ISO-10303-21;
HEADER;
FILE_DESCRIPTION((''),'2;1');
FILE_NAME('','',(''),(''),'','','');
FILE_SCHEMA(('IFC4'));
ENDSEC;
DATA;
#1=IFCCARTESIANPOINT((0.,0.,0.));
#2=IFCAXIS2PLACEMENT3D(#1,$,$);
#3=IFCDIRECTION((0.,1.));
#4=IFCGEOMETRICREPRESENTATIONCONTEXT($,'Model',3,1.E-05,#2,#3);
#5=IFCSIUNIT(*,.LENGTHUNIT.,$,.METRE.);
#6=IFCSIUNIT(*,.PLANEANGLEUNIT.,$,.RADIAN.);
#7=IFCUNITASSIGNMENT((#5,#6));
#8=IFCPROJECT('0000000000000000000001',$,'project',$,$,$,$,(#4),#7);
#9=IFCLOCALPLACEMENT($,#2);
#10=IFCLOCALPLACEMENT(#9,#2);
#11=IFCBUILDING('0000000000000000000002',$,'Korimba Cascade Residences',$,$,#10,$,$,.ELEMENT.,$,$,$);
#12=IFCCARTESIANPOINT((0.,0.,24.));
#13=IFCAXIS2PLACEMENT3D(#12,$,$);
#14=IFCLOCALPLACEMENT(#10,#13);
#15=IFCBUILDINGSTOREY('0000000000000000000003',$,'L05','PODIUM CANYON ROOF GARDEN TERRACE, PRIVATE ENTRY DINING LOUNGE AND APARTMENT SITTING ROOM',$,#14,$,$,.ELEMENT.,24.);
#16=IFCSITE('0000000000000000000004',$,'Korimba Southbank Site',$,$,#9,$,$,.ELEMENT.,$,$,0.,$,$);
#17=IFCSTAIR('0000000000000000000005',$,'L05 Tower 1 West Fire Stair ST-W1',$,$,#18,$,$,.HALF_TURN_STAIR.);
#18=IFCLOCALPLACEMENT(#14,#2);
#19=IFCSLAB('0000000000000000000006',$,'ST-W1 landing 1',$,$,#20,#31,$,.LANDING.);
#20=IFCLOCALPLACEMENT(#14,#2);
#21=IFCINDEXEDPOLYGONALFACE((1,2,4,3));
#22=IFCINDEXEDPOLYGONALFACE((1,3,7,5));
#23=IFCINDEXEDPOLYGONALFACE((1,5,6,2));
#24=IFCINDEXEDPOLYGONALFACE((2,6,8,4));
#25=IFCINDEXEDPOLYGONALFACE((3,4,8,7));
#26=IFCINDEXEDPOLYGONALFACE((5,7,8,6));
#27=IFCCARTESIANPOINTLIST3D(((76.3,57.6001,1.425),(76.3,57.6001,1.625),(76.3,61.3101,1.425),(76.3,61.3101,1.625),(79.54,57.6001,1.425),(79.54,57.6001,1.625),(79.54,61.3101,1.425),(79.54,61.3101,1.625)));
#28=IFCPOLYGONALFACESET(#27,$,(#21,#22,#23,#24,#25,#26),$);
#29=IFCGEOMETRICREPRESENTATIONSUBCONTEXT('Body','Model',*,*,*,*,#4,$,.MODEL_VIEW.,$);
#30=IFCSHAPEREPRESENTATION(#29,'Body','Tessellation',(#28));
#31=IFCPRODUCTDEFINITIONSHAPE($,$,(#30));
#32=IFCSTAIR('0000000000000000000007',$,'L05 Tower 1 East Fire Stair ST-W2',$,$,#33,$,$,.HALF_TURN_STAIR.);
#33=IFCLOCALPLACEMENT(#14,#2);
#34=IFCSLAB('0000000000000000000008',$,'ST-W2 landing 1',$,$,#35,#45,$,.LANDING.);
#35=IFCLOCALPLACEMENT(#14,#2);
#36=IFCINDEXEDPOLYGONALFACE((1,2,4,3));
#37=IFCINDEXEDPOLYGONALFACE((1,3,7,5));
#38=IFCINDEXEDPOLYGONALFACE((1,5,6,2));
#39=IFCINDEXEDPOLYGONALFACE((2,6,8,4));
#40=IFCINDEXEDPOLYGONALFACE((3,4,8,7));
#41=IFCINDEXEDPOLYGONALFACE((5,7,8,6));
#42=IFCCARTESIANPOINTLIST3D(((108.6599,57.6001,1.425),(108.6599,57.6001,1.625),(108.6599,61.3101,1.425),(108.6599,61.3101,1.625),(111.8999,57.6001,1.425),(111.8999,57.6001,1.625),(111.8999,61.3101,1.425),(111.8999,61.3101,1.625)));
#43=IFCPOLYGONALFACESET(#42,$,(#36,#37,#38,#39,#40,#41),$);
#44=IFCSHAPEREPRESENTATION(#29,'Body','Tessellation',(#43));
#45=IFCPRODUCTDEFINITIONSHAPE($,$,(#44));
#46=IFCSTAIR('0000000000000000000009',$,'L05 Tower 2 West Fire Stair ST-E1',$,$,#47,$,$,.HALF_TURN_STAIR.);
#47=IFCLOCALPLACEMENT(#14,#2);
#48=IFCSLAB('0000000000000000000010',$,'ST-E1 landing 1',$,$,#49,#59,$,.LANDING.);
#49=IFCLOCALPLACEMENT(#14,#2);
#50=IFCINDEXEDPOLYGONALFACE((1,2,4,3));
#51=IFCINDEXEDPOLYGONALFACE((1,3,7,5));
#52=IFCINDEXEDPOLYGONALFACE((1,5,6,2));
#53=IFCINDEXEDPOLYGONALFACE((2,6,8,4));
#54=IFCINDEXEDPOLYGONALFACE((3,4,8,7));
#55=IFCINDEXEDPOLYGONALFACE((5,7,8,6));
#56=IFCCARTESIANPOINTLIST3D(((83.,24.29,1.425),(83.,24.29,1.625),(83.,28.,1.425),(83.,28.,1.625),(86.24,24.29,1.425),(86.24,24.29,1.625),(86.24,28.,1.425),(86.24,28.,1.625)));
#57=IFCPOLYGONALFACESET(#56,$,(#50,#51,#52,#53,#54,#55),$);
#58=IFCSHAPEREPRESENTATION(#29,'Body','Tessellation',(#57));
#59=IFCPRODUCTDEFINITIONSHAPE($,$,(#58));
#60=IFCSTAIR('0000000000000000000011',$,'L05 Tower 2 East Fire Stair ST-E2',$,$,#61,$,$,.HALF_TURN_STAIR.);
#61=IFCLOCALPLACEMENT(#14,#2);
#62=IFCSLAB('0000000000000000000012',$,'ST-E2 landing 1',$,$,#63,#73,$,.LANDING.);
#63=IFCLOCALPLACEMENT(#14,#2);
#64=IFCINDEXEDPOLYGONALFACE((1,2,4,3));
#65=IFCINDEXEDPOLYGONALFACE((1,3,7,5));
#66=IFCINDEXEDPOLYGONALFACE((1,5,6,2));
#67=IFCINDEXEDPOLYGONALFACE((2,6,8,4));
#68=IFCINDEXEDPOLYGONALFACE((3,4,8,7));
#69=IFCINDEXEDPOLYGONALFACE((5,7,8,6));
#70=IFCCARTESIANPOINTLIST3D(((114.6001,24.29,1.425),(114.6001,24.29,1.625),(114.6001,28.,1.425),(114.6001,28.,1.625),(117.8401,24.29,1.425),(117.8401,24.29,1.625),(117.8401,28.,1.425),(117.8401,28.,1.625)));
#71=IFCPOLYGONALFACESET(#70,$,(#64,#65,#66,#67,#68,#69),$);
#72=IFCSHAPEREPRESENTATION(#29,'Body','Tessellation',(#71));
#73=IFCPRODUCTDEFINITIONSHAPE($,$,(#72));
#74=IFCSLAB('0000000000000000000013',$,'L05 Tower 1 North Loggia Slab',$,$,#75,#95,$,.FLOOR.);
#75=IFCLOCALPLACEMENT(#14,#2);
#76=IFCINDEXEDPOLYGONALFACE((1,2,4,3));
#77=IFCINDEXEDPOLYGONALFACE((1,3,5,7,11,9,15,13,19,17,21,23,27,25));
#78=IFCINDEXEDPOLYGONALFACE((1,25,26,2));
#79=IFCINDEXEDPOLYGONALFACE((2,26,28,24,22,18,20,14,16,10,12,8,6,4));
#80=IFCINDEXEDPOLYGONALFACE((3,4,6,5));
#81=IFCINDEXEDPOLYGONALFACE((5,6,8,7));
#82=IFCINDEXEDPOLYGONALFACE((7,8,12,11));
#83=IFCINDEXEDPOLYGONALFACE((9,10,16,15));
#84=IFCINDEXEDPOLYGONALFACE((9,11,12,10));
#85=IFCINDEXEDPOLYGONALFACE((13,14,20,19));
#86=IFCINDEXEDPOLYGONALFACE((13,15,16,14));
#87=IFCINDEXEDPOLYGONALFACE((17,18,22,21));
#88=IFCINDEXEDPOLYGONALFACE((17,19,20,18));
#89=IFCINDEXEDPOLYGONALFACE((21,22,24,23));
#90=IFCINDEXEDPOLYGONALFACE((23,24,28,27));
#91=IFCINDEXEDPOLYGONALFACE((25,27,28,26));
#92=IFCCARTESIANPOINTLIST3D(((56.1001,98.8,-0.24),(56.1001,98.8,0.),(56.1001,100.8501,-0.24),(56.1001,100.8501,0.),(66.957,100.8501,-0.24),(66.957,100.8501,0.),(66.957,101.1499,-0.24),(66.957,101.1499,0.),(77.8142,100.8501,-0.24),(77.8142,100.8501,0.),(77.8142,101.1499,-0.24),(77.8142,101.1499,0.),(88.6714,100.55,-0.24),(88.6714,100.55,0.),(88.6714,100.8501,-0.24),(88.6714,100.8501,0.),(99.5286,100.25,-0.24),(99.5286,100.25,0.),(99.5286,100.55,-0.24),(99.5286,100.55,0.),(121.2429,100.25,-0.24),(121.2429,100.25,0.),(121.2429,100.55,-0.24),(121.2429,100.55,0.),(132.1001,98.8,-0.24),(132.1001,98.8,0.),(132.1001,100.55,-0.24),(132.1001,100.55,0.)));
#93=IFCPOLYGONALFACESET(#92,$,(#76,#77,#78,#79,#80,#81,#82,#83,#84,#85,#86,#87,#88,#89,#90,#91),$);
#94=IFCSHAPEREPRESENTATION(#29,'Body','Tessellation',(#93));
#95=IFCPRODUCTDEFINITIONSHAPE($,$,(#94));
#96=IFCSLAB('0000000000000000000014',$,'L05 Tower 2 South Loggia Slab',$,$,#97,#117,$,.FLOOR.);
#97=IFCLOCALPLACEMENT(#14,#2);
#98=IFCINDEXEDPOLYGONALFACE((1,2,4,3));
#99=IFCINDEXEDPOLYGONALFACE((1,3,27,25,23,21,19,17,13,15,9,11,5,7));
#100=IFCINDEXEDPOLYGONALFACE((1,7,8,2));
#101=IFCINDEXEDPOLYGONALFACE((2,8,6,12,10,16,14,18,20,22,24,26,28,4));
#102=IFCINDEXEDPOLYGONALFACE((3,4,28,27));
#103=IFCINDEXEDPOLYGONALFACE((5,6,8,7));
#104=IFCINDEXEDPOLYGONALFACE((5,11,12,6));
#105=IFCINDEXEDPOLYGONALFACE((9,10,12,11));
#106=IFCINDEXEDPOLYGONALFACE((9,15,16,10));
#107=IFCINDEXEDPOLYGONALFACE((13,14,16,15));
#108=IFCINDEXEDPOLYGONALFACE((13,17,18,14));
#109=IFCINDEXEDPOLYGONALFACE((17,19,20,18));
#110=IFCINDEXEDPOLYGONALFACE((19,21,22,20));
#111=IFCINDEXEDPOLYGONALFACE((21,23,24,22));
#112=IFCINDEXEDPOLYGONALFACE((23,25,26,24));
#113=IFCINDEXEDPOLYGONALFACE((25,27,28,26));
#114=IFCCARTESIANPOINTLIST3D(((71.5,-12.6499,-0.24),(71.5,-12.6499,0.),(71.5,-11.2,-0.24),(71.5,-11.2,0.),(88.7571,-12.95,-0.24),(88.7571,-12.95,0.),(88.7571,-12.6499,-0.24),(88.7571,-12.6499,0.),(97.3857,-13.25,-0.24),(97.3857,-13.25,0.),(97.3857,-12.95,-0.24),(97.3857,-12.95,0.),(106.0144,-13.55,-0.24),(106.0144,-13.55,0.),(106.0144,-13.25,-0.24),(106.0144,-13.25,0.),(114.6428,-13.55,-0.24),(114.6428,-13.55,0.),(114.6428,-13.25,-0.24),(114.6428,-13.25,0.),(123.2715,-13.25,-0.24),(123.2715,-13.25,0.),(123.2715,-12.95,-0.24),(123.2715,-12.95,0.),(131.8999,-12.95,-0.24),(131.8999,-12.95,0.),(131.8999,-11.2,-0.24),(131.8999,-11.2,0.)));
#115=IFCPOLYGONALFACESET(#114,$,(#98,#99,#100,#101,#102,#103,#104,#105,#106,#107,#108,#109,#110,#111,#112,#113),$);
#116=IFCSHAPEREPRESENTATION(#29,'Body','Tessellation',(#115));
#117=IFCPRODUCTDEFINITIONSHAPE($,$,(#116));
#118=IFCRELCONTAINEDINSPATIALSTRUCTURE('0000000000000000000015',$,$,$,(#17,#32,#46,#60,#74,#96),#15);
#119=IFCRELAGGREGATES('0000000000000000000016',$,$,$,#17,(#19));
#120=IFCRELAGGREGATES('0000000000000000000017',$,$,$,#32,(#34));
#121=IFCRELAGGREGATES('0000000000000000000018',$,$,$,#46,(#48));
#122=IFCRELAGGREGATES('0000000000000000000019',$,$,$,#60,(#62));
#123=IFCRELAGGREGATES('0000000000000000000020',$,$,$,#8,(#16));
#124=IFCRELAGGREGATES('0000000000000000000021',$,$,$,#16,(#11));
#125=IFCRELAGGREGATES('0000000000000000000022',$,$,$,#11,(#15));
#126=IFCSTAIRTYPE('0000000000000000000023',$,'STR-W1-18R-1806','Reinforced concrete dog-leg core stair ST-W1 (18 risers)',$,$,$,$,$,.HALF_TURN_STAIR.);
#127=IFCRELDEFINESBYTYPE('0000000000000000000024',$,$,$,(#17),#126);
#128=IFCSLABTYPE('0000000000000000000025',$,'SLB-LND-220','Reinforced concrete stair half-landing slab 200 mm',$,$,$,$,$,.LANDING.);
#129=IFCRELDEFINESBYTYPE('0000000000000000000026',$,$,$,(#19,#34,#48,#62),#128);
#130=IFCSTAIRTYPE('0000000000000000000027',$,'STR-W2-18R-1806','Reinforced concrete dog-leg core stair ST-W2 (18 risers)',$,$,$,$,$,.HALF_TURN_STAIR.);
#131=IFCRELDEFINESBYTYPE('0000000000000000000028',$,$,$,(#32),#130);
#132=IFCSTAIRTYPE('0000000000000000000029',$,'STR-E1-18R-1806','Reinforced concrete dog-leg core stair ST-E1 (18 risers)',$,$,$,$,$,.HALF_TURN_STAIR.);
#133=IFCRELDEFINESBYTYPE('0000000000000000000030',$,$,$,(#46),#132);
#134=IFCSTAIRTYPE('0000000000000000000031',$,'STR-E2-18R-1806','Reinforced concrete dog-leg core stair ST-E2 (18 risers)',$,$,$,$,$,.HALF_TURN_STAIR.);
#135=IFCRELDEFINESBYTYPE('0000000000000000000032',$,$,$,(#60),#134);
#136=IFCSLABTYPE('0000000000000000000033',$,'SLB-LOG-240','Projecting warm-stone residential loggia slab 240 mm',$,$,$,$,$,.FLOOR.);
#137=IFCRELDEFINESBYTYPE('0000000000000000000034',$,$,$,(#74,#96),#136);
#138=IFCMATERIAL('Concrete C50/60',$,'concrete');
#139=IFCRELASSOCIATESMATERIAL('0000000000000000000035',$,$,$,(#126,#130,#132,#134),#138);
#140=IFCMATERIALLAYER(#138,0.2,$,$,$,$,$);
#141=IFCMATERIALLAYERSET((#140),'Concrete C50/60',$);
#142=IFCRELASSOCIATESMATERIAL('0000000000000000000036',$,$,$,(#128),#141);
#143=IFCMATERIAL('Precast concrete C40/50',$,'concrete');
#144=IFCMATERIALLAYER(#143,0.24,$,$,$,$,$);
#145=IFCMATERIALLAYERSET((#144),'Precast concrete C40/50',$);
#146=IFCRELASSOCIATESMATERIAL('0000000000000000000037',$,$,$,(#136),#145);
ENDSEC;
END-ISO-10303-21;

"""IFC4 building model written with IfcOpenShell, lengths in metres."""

from ifc_helpers import new_model, si_unit, direction, frame, origin, place, context, subcontext, project, spatial, polyline, outline, extrude, material, layer, layer_set, type_object, element, aggregate, save


model = new_model("IFC4")

# Units and contexts
model_context = context("Model", 3, precision=1e-05, world=origin(), true_north=direction((0.0, 1.0)))
body_context = subcontext(model_context, "Body", "Model", "MODEL_VIEW")
ifc_project = project(units=[si_unit("LENGTHUNIT", "METRE"), si_unit("PLANEANGLEUNIT", "RADIAN")], contexts=[model_context])

# Site, building, storey
site_placement = place(None, origin())
site = spatial("IfcSite", under=ifc_project, at=site_placement, Name="Korimba Southbank Site", CompositionType="ELEMENT", RefElevation=0.0)
building_placement = place(site_placement, origin())
building = spatial("IfcBuilding", under=site, at=building_placement, Name="Korimba Cascade Residences", CompositionType="ELEMENT")
storey_placement = place(building_placement, frame((0.0, 0.0, 24.0)))
storey = spatial("IfcBuildingStorey", under=building, at=storey_placement, Name="L05", Description="PODIUM CANYON ROOF GARDEN TERRACE, PRIVATE ENTRY DINING LOUNGE AND APARTMENT SITTING ROOM", CompositionType="ELEMENT", Elevation=24.0)

# Stairs, slabs
ifc_material_1 = material(Name="Concrete C50/60", Category="concrete")
stair_type_1 = type_object("IfcStairType", Name="STR-W1-18R-1806", Description="Reinforced concrete dog-leg core stair ST-W1 (18 risers)", PredefinedType="HALF_TURN_STAIR", material=ifc_material_1)
stair_1_placement = place(storey_placement, origin())
stair_1 = element("IfcStair", 1, at=stair_1_placement, inside=storey, type_object=stair_type_1, Name="L05 Tower 1 West Fire Stair ST-W1", PredefinedType="HALF_TURN_STAIR")
ifc_layer_1 = layer(ifc_material_1, 0.2)
ifc_layer_set_1 = layer_set([ifc_layer_1], Name="Concrete C50/60")
slab_type_1 = type_object("IfcSlabType", Name="SLB-LND-220", Description="Reinforced concrete stair half-landing slab 200 mm", PredefinedType="LANDING", material=ifc_layer_set_1)
slab_1_placement = place(storey_placement, frame((0.0, 0.0, 1.425)))
slab_1 = element("IfcSlab", 2, at=slab_1_placement, type_object=slab_type_1, Name="ST-W1 landing 1", PredefinedType="LANDING", context=body_context, shape_type="SweptSolid", body=[
    extrude(outline(polyline([(76.3, 61.3101), (76.3, 57.6001), (79.54, 57.6001), (79.54, 61.3101), (76.3, 61.3101)])), origin(), (0.0, 0.0, 1.0), 0.2),
])
aggregate(stair_1, [slab_1])
stair_type_2 = type_object("IfcStairType", Name="STR-W2-18R-1806", Description="Reinforced concrete dog-leg core stair ST-W2 (18 risers)", PredefinedType="HALF_TURN_STAIR", material=ifc_material_1)
stair_2_placement = place(storey_placement, origin())
stair_2 = element("IfcStair", 3, at=stair_2_placement, inside=storey, type_object=stair_type_2, Name="L05 Tower 1 East Fire Stair ST-W2", PredefinedType="HALF_TURN_STAIR")
slab_2_placement = place(storey_placement, frame((0.0, 0.0, 1.425)))
slab_2 = element("IfcSlab", 4, at=slab_2_placement, type_object=slab_type_1, Name="ST-W2 landing 1", PredefinedType="LANDING", context=body_context, shape_type="SweptSolid", body=[
    extrude(outline(polyline([(108.6599, 61.3101), (108.6599, 57.6001), (111.8999, 57.6001), (111.8999, 61.3101), (108.6599, 61.3101)])), origin(), (0.0, 0.0, 1.0), 0.2),
])
aggregate(stair_2, [slab_2])
stair_type_3 = type_object("IfcStairType", Name="STR-E1-18R-1806", Description="Reinforced concrete dog-leg core stair ST-E1 (18 risers)", PredefinedType="HALF_TURN_STAIR", material=ifc_material_1)
stair_3_placement = place(storey_placement, origin())
stair_3 = element("IfcStair", 5, at=stair_3_placement, inside=storey, type_object=stair_type_3, Name="L05 Tower 2 West Fire Stair ST-E1", PredefinedType="HALF_TURN_STAIR")
slab_3_placement = place(storey_placement, frame((0.0, 0.0, 1.425)))
slab_3 = element("IfcSlab", 6, at=slab_3_placement, type_object=slab_type_1, Name="ST-E1 landing 1", PredefinedType="LANDING", context=body_context, shape_type="SweptSolid", body=[
    extrude(outline(polyline([(86.24, 24.29), (86.24, 28.0), (83.0, 28.0), (83.0, 24.29), (86.24, 24.29)])), origin(), (0.0, 0.0, 1.0), 0.2),
])
aggregate(stair_3, [slab_3])
stair_type_4 = type_object("IfcStairType", Name="STR-E2-18R-1806", Description="Reinforced concrete dog-leg core stair ST-E2 (18 risers)", PredefinedType="HALF_TURN_STAIR", material=ifc_material_1)
stair_4_placement = place(storey_placement, origin())
stair_4 = element("IfcStair", 7, at=stair_4_placement, inside=storey, type_object=stair_type_4, Name="L05 Tower 2 East Fire Stair ST-E2", PredefinedType="HALF_TURN_STAIR")
slab_4_placement = place(storey_placement, frame((0.0, 0.0, 1.425)))
slab_4 = element("IfcSlab", 8, at=slab_4_placement, type_object=slab_type_1, Name="ST-E2 landing 1", PredefinedType="LANDING", context=body_context, shape_type="SweptSolid", body=[
    extrude(outline(polyline([(117.8401, 24.29), (117.8401, 28.0), (114.6001, 28.0), (114.6001, 24.29), (117.8401, 24.29)])), origin(), (0.0, 0.0, 1.0), 0.2),
])
aggregate(stair_4, [slab_4])

# Slabs
ifc_material_2 = material(Name="Precast concrete C40/50", Category="concrete")
ifc_layer_2 = layer(ifc_material_2, 0.24)
ifc_layer_set_2 = layer_set([ifc_layer_2], Name="Precast concrete C40/50")
slab_type_2 = type_object("IfcSlabType", Name="SLB-LOG-240", Description="Projecting warm-stone residential loggia slab 240 mm", PredefinedType="FLOOR", material=ifc_layer_set_2)
slab_5_placement = place(storey_placement, frame((0.0, 0.0, -0.24)))
element("IfcSlab", 9, at=slab_5_placement, inside=storey, type_object=slab_type_2, Name="L05 Tower 1 North Loggia Slab", PredefinedType="FLOOR", context=body_context, shape_type="SweptSolid", body=[
    extrude(outline(polyline([(56.1001, 98.8), (132.1001, 98.8), (132.1001, 100.55), (121.2429, 100.55), (121.2429, 100.25), (99.5286, 100.25), (99.5286, 100.55), (88.6714, 100.55), (88.6714, 100.8501), (77.8142, 100.8501), (77.8142, 101.1499), (66.957, 101.1499), (66.957, 100.8501), (56.1001, 100.8501), (56.1001, 98.8)])), origin(), (0.0, 0.0, 1.0), 0.24),
])
slab_6_placement = place(storey_placement, frame((0.0, 0.0, -0.24)))
element("IfcSlab", 10, at=slab_6_placement, inside=storey, type_object=slab_type_2, Name="L05 Tower 2 South Loggia Slab", PredefinedType="FLOOR", context=body_context, shape_type="SweptSolid", body=[
    extrude(outline(polyline([(71.5, -12.6499), (88.7571, -12.6499), (88.7571, -12.95), (97.3857, -12.95), (97.3857, -13.25), (106.0144, -13.25), (106.0144, -13.55), (114.6428, -13.55), (114.6428, -13.25), (123.2715, -13.25), (123.2715, -12.95), (131.8999, -12.95), (131.8999, -11.2), (71.5, -11.2), (71.5, -12.6499)])), origin(), (0.0, 0.0, 1.0), 0.24),
])

save(model, "model.ifc")
